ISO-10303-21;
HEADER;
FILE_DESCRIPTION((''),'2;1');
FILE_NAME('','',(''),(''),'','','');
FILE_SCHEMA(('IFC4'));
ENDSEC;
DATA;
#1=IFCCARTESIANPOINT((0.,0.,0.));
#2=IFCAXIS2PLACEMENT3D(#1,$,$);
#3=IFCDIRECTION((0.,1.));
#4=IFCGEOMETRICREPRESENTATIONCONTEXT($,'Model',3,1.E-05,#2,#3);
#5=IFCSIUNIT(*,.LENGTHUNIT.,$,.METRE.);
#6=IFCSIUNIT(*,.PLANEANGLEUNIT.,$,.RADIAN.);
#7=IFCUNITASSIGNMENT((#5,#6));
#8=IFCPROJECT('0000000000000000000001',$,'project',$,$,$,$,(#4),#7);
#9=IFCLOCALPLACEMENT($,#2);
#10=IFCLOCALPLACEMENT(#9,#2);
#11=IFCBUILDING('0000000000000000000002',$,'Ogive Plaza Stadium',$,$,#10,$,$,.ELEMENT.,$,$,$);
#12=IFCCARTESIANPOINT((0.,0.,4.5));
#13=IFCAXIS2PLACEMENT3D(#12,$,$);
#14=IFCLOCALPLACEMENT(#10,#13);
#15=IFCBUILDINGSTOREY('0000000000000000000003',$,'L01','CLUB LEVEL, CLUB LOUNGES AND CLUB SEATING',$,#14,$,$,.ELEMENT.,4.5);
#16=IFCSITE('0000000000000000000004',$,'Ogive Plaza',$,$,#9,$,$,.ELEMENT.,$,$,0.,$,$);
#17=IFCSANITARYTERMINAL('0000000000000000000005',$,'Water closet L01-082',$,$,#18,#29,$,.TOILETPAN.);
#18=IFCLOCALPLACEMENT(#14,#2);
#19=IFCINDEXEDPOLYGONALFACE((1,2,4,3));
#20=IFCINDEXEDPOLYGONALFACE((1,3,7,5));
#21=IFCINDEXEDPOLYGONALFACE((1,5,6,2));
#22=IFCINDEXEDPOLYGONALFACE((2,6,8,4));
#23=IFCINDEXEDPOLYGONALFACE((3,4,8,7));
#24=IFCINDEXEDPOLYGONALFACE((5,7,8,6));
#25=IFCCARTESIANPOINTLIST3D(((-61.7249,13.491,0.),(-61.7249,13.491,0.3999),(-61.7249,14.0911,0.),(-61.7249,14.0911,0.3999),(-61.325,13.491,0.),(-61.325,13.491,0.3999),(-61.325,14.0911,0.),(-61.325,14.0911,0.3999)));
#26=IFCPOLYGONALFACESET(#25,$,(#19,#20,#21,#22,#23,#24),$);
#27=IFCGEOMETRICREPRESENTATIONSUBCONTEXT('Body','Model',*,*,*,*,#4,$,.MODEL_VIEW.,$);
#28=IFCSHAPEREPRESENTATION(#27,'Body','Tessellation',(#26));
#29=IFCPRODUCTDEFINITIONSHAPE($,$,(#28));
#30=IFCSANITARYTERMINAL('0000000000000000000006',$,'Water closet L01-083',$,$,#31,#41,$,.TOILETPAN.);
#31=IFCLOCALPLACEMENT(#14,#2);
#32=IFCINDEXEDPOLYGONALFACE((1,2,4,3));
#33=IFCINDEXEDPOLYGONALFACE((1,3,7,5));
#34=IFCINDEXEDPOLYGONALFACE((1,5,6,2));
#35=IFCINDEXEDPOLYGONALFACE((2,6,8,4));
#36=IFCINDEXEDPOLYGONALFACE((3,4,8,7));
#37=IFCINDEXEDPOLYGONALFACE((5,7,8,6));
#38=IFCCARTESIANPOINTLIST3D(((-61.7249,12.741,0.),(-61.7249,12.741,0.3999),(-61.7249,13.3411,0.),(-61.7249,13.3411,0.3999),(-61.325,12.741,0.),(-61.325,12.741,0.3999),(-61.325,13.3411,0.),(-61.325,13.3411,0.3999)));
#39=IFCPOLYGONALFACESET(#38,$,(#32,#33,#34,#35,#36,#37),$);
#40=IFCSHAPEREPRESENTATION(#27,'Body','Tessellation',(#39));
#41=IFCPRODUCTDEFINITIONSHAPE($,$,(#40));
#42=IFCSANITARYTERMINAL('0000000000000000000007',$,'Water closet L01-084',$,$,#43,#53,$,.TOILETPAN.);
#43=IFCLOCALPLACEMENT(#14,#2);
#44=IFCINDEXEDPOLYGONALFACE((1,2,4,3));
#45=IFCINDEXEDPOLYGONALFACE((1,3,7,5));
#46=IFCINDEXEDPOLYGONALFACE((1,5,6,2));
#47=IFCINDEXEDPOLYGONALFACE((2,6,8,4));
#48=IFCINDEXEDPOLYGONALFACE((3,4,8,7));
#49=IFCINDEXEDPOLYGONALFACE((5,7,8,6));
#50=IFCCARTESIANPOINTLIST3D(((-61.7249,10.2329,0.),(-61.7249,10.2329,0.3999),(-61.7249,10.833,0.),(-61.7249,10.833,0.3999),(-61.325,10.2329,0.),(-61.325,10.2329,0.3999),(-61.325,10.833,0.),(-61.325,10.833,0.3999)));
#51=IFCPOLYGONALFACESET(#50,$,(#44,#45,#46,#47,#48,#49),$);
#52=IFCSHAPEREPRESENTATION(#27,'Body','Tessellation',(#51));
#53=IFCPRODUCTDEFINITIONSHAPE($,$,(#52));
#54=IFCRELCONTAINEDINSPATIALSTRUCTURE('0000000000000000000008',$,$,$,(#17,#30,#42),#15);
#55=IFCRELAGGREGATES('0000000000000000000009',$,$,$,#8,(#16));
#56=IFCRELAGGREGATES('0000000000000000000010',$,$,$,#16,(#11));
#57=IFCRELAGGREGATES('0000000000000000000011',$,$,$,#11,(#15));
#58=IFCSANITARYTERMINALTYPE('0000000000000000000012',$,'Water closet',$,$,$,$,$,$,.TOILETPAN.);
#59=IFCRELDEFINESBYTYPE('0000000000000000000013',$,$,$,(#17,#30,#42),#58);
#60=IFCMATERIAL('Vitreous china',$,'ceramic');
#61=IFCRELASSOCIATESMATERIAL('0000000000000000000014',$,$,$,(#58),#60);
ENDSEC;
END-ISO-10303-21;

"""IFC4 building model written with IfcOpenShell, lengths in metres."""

from ifc_helpers import new_model, si_unit, direction, frame, origin, origin_2d, place, context, subcontext, project, spatial, rectangle, extrude, material, type_object, element, save


model = new_model("IFC4")

# Units and contexts
model_context = context("Model", 3, precision=1e-05, world=origin(), true_north=direction((0.0, 1.0)))
body_context = subcontext(model_context, "Body", "Model", "MODEL_VIEW")
ifc_project = project(units=[si_unit("LENGTHUNIT", "METRE"), si_unit("PLANEANGLEUNIT", "RADIAN")], contexts=[model_context])

# Site, building, storey
site_placement = place(None, origin())
site = spatial("IfcSite", under=ifc_project, at=site_placement, Name="Ogive Plaza", CompositionType="ELEMENT", RefElevation=0.0)
building_placement = place(site_placement, origin())
building = spatial("IfcBuilding", under=site, at=building_placement, Name="Ogive Plaza Stadium", CompositionType="ELEMENT")
storey_placement = place(building_placement, frame((0.0, 0.0, 4.5)))
storey = spatial("IfcBuildingStorey", under=building, at=storey_placement, Name="L01", Description="CLUB LEVEL, CLUB LOUNGES AND CLUB SEATING", CompositionType="ELEMENT", Elevation=4.5)

# Sanitary terminals
ifc_material_1 = material(Name="Vitreous china", Category="ceramic")
sanitary_terminal_type_1 = type_object("IfcSanitaryTerminalType", Name="Water closet", PredefinedType="TOILETPAN", material=ifc_material_1)
for number, where, z_axis, x_axis, name in (
    (1, (-61.5249, 13.791, 0.0), (0.0, 0.0, 1.0), (-1.0, 0.0, 0.0), "Water closet L01-082"),
    (2, (-61.5249, 13.041, 0.0), (0.0, 0.0, 1.0), (-1.0, 0.0, 0.0), "Water closet L01-083"),
    (3, (-61.5249, 10.533, 0.0), (0.0, 0.0, 1.0), (-1.0, 0.0, 0.0), "Water closet L01-084"),
):
    element("IfcSanitaryTerminal", number, at=place(storey_placement, frame(where, z_axis=z_axis, x_axis=x_axis)), inside=storey, type_object=sanitary_terminal_type_1, Name=name, PredefinedType="TOILETPAN", context=body_context, shape_type="SweptSolid", body=[
        extrude(rectangle(XDim=0.3999, YDim=0.6001, at=origin_2d()), origin(), (0.0, 0.0, 1.0), 0.3999),
    ])

save(model, "model.ifc")
